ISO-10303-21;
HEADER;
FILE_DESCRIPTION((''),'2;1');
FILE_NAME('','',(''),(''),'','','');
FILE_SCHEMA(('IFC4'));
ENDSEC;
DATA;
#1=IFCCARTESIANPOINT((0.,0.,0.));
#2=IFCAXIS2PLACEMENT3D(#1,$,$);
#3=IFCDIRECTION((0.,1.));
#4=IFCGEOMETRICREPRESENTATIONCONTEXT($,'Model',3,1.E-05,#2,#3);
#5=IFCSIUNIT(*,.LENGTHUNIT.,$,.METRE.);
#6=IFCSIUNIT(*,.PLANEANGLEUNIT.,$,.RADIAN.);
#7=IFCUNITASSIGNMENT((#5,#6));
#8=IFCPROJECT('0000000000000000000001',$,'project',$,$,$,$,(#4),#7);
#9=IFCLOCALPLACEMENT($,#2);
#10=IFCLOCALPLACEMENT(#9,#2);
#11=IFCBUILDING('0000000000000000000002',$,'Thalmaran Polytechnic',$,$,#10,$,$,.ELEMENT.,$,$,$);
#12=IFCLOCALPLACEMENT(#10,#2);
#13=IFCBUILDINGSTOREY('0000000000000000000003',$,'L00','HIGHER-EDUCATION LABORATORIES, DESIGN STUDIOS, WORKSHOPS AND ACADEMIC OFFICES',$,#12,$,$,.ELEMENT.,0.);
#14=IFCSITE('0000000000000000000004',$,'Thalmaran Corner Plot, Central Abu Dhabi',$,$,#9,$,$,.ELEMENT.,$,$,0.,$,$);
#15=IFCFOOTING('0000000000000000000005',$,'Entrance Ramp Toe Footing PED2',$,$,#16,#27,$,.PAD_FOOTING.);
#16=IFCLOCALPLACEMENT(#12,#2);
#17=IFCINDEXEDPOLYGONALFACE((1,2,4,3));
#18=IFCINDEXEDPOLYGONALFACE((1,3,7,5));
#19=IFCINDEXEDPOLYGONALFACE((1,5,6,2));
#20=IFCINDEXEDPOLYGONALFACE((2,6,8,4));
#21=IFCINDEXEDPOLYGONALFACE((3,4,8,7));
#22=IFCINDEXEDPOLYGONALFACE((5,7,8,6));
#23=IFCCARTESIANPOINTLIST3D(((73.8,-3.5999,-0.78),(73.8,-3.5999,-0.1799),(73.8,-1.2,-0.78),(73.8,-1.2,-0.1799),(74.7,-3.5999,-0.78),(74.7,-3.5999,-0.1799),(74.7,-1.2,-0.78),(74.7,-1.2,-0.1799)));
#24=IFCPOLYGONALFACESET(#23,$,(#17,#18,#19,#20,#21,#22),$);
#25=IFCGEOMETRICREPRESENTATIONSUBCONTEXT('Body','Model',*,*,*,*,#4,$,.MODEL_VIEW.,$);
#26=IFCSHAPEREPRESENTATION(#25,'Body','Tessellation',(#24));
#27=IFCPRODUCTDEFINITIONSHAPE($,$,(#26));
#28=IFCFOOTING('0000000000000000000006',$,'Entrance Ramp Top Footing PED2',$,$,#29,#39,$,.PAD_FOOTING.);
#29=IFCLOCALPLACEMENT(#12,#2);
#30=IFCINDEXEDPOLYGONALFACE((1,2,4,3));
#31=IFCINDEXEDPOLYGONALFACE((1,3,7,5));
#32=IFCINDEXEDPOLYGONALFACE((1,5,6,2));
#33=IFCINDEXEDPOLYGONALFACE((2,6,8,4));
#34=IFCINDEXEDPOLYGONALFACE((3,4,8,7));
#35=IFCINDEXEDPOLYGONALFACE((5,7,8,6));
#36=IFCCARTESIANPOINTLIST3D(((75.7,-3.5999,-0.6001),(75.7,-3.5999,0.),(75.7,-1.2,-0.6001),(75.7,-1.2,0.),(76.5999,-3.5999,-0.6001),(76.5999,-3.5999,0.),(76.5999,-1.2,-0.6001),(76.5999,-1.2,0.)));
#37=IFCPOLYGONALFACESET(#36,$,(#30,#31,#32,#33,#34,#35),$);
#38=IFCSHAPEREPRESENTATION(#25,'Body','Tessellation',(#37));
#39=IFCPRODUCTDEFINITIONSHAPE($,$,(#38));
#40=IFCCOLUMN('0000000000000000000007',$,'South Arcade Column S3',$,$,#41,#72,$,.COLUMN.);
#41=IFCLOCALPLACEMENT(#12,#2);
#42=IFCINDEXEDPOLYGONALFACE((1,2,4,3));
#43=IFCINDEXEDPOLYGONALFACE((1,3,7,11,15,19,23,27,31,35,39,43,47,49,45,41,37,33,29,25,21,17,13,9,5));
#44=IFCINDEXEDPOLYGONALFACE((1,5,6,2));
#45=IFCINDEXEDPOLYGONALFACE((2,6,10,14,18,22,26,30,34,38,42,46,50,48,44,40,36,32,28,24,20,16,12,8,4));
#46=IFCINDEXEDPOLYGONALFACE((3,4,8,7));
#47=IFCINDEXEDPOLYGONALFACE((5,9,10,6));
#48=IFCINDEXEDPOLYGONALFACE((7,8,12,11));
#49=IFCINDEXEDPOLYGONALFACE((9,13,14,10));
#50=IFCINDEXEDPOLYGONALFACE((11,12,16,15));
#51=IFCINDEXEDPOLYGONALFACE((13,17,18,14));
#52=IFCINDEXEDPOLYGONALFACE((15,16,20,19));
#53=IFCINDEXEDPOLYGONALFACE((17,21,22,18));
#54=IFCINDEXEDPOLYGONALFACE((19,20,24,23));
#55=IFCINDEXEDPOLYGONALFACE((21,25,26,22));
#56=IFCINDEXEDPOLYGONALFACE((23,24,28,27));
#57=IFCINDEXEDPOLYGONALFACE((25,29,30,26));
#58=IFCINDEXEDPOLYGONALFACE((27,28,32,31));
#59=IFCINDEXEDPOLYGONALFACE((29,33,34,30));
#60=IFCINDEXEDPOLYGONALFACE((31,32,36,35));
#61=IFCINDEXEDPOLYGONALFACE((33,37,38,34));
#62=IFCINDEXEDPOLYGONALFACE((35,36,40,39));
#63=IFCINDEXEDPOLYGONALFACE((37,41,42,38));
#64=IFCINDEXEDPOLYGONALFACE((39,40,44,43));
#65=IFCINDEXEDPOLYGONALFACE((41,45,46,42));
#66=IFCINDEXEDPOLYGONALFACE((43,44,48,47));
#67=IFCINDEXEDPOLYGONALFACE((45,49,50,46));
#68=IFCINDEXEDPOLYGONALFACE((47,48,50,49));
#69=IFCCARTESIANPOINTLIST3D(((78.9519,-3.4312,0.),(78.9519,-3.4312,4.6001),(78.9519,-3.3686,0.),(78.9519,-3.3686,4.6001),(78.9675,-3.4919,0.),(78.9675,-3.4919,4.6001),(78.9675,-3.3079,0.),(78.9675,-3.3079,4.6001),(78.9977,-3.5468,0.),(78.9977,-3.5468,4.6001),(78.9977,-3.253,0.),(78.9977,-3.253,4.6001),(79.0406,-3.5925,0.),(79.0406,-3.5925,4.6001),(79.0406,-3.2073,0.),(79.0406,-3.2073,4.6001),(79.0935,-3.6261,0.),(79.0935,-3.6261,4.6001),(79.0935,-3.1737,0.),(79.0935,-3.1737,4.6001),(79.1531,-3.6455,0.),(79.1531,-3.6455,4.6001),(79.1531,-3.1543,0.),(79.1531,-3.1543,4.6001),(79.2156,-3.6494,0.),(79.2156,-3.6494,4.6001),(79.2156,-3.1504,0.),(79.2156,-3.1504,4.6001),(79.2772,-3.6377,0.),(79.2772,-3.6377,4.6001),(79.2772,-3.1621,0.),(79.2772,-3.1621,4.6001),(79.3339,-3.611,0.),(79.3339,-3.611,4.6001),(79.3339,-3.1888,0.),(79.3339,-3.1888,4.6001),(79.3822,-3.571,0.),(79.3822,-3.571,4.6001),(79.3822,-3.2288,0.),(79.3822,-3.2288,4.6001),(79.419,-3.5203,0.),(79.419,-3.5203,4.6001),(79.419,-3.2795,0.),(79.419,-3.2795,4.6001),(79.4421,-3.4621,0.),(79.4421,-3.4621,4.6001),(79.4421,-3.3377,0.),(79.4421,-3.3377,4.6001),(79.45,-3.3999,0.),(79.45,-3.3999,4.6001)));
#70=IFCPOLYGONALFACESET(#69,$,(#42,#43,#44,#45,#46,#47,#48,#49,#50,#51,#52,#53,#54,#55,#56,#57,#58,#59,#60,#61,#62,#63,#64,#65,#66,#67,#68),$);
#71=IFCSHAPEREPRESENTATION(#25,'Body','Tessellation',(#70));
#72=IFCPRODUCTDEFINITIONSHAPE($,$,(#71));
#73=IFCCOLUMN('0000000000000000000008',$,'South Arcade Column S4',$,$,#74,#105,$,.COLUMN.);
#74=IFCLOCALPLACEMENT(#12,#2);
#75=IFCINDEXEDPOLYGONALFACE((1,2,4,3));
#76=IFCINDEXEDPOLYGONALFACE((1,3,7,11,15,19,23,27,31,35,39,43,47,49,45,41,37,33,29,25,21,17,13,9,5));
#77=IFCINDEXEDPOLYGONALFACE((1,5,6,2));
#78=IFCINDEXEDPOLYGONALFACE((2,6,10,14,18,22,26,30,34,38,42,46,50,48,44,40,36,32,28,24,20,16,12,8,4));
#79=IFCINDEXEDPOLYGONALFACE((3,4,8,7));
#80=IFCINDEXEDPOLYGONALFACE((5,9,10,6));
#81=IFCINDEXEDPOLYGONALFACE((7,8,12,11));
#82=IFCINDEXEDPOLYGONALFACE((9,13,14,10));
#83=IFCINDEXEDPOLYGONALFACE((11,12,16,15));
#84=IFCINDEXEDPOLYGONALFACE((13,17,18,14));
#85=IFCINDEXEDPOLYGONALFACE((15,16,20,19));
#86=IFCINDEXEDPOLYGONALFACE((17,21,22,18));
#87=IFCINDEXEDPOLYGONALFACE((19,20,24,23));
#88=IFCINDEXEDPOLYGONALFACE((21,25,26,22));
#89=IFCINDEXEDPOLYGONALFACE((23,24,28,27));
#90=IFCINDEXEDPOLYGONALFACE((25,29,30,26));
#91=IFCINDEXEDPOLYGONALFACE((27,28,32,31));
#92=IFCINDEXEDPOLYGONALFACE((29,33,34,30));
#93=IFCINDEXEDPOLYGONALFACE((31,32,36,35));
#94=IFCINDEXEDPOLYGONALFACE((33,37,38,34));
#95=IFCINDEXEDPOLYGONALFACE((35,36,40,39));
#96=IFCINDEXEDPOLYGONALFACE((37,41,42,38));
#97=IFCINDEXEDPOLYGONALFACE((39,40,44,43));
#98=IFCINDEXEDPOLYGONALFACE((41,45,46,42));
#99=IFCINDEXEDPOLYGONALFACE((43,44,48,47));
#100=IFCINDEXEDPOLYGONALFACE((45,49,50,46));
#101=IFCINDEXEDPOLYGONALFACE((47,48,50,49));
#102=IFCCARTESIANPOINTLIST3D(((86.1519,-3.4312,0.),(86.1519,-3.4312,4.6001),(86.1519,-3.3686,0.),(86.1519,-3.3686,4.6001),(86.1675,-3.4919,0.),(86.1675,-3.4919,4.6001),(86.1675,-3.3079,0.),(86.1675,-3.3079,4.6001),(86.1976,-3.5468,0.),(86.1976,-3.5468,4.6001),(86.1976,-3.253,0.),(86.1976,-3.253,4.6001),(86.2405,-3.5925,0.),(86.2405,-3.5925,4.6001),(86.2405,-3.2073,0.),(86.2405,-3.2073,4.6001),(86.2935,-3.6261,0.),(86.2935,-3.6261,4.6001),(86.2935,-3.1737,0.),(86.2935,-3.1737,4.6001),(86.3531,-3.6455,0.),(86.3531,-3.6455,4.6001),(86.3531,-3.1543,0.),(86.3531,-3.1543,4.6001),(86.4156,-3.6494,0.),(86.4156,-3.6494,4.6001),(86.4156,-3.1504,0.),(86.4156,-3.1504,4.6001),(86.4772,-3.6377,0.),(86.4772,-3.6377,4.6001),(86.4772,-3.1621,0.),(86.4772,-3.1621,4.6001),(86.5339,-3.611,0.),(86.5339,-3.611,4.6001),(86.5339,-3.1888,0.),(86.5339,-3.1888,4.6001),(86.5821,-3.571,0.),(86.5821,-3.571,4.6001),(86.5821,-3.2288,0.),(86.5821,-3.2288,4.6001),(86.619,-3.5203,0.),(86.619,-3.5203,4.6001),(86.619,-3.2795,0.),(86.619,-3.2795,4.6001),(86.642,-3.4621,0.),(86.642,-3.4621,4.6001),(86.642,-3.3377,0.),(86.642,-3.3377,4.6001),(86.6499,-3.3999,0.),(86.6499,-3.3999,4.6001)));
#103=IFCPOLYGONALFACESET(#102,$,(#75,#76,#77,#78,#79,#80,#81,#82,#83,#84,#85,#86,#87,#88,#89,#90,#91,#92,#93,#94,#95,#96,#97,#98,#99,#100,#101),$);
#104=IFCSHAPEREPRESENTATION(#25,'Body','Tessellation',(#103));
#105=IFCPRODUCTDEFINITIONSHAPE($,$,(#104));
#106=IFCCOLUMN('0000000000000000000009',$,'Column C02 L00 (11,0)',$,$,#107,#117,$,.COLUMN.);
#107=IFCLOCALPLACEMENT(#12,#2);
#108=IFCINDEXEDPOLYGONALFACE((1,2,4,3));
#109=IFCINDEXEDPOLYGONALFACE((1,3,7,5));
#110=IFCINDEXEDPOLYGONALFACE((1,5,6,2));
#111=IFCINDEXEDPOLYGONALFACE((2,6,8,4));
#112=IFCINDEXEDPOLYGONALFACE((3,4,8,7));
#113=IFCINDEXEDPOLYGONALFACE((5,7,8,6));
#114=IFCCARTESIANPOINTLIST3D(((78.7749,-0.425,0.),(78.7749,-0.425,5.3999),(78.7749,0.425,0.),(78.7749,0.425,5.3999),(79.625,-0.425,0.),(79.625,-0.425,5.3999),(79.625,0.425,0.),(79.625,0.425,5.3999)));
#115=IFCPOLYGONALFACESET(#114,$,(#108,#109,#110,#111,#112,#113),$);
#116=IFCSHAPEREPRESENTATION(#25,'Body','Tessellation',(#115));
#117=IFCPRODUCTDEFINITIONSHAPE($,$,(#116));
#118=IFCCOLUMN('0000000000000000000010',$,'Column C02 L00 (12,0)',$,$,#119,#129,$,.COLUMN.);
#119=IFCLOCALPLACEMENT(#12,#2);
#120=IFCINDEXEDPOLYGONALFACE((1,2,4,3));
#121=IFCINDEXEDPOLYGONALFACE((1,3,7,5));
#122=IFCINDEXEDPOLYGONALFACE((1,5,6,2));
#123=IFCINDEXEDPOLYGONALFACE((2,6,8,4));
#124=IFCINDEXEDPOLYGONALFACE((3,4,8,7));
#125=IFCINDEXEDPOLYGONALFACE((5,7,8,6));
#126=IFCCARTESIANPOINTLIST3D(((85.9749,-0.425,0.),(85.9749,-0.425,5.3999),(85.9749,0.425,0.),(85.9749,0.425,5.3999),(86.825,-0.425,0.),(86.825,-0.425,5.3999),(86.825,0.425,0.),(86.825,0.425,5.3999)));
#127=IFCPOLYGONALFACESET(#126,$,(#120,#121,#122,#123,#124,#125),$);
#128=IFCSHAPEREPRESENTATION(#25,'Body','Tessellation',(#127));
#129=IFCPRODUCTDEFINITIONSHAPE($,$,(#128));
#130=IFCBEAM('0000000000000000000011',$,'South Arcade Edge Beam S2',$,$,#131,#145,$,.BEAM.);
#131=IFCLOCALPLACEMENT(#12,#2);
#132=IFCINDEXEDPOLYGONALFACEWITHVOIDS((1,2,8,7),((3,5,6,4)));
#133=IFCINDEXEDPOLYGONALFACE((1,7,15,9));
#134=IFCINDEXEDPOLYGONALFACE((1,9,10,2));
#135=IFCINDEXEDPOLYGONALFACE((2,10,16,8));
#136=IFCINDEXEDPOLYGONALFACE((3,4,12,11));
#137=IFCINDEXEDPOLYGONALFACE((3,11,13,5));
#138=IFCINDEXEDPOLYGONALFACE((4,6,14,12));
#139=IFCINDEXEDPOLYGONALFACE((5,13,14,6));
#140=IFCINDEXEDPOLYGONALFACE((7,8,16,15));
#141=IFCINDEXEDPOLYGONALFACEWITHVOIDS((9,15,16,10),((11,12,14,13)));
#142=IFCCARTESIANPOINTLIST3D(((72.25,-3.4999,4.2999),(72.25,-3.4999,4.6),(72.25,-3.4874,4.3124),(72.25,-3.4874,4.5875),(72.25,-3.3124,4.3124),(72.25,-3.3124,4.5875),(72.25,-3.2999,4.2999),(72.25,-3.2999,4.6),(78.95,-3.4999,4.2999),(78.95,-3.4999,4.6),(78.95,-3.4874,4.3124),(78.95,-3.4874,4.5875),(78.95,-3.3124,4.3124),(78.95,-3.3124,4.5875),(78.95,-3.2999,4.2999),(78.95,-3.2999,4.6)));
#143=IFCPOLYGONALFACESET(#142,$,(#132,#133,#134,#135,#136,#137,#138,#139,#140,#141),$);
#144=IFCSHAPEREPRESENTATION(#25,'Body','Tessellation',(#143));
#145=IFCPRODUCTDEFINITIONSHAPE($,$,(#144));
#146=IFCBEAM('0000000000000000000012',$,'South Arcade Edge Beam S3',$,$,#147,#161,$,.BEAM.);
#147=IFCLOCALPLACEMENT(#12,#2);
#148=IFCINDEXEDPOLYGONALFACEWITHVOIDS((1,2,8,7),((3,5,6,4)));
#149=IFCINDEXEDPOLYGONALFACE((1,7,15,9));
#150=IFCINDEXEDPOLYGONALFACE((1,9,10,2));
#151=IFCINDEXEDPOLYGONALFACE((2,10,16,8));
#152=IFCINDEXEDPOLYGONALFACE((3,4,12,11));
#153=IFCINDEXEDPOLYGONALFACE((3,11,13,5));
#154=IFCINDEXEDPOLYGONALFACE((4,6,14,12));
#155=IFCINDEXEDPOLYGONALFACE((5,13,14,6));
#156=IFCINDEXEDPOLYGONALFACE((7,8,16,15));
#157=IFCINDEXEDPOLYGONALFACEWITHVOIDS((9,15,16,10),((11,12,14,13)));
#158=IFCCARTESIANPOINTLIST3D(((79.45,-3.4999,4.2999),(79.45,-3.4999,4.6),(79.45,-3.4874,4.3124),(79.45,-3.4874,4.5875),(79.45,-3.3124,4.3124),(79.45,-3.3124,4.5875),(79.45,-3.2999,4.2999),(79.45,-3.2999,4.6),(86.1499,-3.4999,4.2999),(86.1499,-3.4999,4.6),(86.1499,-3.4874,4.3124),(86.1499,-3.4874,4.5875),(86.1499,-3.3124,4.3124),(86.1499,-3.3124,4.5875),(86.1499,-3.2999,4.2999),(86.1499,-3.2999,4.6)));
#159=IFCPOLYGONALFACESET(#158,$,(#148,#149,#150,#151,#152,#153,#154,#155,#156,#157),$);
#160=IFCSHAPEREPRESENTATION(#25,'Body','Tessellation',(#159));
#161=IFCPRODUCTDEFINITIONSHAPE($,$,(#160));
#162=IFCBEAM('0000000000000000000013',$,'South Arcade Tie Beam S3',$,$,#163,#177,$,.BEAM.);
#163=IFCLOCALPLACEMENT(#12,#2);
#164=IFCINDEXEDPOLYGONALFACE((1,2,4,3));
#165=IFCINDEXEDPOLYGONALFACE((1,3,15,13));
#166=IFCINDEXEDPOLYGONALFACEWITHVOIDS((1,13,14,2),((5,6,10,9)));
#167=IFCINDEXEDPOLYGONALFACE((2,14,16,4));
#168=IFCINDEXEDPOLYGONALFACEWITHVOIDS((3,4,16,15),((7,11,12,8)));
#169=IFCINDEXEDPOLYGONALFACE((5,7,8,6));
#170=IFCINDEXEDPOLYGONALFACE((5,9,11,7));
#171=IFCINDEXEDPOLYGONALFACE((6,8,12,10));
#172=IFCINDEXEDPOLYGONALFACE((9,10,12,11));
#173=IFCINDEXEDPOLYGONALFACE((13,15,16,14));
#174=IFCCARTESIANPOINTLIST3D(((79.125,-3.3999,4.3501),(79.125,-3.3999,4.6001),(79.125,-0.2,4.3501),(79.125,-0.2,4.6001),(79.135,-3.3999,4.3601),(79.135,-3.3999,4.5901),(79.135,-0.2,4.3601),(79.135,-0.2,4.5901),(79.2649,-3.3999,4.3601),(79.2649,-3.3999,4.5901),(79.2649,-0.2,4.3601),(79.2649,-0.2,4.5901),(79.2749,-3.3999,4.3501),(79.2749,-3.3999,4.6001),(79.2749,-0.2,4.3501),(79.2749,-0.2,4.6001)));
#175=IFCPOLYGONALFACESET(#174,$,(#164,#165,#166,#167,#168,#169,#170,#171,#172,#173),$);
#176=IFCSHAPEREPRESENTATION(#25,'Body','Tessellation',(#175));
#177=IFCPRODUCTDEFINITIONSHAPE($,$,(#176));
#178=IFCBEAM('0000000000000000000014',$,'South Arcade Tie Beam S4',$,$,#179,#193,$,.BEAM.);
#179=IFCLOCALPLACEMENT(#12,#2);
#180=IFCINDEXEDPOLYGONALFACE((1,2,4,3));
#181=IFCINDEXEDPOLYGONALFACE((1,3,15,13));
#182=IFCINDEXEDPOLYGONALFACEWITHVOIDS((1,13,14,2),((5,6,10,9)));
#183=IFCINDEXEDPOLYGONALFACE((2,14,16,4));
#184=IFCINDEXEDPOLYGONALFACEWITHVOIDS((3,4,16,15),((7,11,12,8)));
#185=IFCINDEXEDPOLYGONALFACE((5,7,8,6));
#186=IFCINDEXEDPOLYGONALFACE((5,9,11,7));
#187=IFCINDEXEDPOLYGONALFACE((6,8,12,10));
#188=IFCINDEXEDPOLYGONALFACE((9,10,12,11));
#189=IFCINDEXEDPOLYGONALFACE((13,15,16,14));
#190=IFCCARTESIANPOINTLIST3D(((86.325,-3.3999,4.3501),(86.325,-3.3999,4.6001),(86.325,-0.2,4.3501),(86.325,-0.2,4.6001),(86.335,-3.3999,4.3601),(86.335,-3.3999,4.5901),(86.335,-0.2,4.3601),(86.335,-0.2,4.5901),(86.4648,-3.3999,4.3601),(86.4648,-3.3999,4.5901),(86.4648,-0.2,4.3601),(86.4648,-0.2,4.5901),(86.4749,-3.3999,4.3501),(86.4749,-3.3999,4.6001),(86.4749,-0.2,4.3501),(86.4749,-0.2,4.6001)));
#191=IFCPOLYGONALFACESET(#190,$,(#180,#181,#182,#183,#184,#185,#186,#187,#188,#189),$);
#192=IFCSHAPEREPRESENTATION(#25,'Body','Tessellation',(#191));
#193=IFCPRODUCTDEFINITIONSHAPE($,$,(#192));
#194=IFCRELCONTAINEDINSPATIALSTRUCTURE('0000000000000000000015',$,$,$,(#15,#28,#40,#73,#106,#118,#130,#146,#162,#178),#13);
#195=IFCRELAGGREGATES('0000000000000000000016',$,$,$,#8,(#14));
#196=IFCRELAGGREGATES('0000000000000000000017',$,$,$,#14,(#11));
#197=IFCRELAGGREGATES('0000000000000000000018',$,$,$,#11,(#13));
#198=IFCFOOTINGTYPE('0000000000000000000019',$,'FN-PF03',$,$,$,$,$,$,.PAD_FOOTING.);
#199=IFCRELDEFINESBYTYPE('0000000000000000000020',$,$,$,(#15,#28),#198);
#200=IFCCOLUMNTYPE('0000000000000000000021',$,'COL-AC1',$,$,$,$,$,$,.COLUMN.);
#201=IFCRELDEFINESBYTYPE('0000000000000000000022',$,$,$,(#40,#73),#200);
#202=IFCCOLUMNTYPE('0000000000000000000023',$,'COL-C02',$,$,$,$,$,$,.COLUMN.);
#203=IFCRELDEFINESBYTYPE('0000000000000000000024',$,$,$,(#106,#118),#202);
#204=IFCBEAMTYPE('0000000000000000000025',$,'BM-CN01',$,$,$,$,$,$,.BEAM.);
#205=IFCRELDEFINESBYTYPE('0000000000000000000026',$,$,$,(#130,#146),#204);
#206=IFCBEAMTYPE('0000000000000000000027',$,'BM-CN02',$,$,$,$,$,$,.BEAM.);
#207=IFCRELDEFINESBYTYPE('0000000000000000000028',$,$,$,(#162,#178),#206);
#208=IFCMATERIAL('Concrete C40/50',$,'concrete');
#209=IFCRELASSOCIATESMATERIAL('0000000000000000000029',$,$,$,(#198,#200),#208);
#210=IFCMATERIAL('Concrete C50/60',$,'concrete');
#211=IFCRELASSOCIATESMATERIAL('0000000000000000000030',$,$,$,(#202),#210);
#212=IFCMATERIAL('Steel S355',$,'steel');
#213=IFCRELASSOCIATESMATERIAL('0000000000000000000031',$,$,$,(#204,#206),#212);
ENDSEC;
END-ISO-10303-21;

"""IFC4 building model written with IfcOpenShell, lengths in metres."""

from ifc_helpers import new_model, si_unit, direction, frame, origin, origin_2d, place, context, subcontext, project, spatial, rectangle, hollow_rectangle, circle, extrude, material, material_profile, profile_set, type_object, element, save


model = new_model("IFC4")

# Units and contexts
model_context = context("Model", 3, precision=1e-05, world=origin(), true_north=direction((0.0, 1.0)))
body_context = subcontext(model_context, "Body", "Model", "MODEL_VIEW")
ifc_project = project(units=[si_unit("LENGTHUNIT", "METRE"), si_unit("PLANEANGLEUNIT", "RADIAN")], contexts=[model_context])

# Site, building, storey
site_placement = place(None, origin())
site = spatial("IfcSite", under=ifc_project, at=site_placement, Name="Thalmaran Corner Plot, Central Abu Dhabi", CompositionType="ELEMENT", RefElevation=0.0)
building_placement = place(site_placement, origin())
building = spatial("IfcBuilding", under=site, at=building_placement, Name="Thalmaran Polytechnic", CompositionType="ELEMENT")
storey_placement = place(building_placement, origin())
storey = spatial("IfcBuildingStorey", under=building, at=storey_placement, Name="L00", Description="HIGHER-EDUCATION LABORATORIES, DESIGN STUDIOS, WORKSHOPS AND ACADEMIC OFFICES", CompositionType="ELEMENT", Elevation=0.0)

# Footings
ifc_material_1 = material(Name="Concrete C40/50", Category="concrete")
footing_type = type_object("IfcFootingType", Name="FN-PF03", PredefinedType="PAD_FOOTING", material=ifc_material_1)
for number, where, z_axis, x_axis, name in (
    (1, (74.25, -2.3999, -0.78), (0.0, 0.0, 1.0), (1.0, 0.0, 0.0), "Entrance Ramp Toe Footing PED2"),
    (2, (76.1499, -2.3999, -0.6001), (0.0, 0.0, 1.0), (1.0, 0.0, 0.0), "Entrance Ramp Top Footing PED2"),
):
    element("IfcFooting", number, at=place(storey_placement, frame(where, z_axis=z_axis, x_axis=x_axis)), inside=storey, type_object=footing_type, Name=name, PredefinedType="PAD_FOOTING", context=body_context, shape_type="SweptSolid", body=[
        extrude(rectangle(XDim=0.8999, YDim=2.3999, at=origin_2d()), origin(), (0.0, 0.0, 1.0), 0.6001),
    ])

# Columns
ifc_material_profile_1 = material_profile(ifc_material_1, circle(Radius=0.25, at=origin_2d()), Name="RC 500 DIA")
ifc_profile_set_1 = profile_set([ifc_material_profile_1], Name="Concrete C40/50")
column_type_1 = type_object("IfcColumnType", Name="COL-AC1", PredefinedType="COLUMN", material=ifc_profile_set_1)
for number, where, z_axis, x_axis, name in (
    (3, (79.2, -3.3999, 0.0), (0.0, 0.0, 1.0), (1.0, 0.0, 0.0), "South Arcade Column S3"),
    (4, (86.3999, -3.3999, 0.0), (0.0, 0.0, 1.0), (1.0, 0.0, 0.0), "South Arcade Column S4"),
):
    element("IfcColumn", number, at=place(storey_placement, frame(where, z_axis=z_axis, x_axis=x_axis)), inside=storey, type_object=column_type_1, Name=name, PredefinedType="COLUMN", context=body_context, shape_type="SweptSolid", body=[
        extrude(circle(Radius=0.25, at=origin_2d()), origin(), (0.0, 0.0, 1.0), 4.6001),
    ])
ifc_material_2 = material(Name="Concrete C50/60", Category="concrete")
ifc_material_profile_2 = material_profile(ifc_material_2, rectangle(XDim=0.8501, YDim=0.8501, at=origin_2d()), Name="RC 850x850")
ifc_profile_set_2 = profile_set([ifc_material_profile_2], Name="Concrete C50/60")
column_type_2 = type_object("IfcColumnType", Name="COL-C02", PredefinedType="COLUMN", material=ifc_profile_set_2)
for number, where, z_axis, x_axis, name in (
    (5, (79.2, 0.0, 0.0), (0.0, 0.0, 1.0), (1.0, 0.0, 0.0), "Column C02 L00 (11,0)"),
    (6, (86.3999, 0.0, 0.0), (0.0, 0.0, 1.0), (1.0, 0.0, 0.0), "Column C02 L00 (12,0)"),
):
    element("IfcColumn", number, at=place(storey_placement, frame(where, z_axis=z_axis, x_axis=x_axis)), inside=storey, type_object=column_type_2, Name=name, PredefinedType="COLUMN", context=body_context, shape_type="SweptSolid", body=[
        extrude(rectangle(XDim=0.8501, YDim=0.8501, at=origin_2d()), origin(), (0.0, 0.0, 1.0), 5.3999),
    ])

# Beams
ifc_material_3 = material(Name="Steel S355", Category="steel")
ifc_material_profile_3 = material_profile(ifc_material_3, hollow_rectangle(XDim=0.2, YDim=0.3, WallThickness=0.0125, at=origin_2d()), Name="RHS 300x200x12.5")
ifc_profile_set_3 = profile_set([ifc_material_profile_3], Name="Steel S355")
beam_type_1 = type_object("IfcBeamType", Name="BM-CN01", PredefinedType="BEAM", material=ifc_profile_set_3)
for number, where, z_axis, x_axis, name in (
    (7, (72.25, -3.3999, 4.45), (1.0, 0.0, 0.0), (0.0, 1.0, 0.0), "South Arcade Edge Beam S2"),
    (8, (79.45, -3.3999, 4.45), (1.0, 0.0, 0.0), (0.0, 1.0, 0.0), "South Arcade Edge Beam S3"),
):
    element("IfcBeam", number, at=place(storey_placement, frame(where, z_axis=z_axis, x_axis=x_axis)), inside=storey, type_object=beam_type_1, Name=name, PredefinedType="BEAM", context=body_context, shape_type="SweptSolid", body=[
        extrude(hollow_rectangle(XDim=0.2, YDim=0.3, WallThickness=0.0125, at=origin_2d()), origin(), (0.0, 0.0, 1.0), 6.7),
    ])
ifc_material_profile_4 = material_profile(ifc_material_3, hollow_rectangle(XDim=0.1499, YDim=0.25, WallThickness=0.01, at=origin_2d()), Name="RHS 250x150x10.0")
ifc_profile_set_4 = profile_set([ifc_material_profile_4], Name="Steel S355")
beam_type_2 = type_object("IfcBeamType", Name="BM-CN02", PredefinedType="BEAM", material=ifc_profile_set_4)
for number, where, z_axis, x_axis, name in (
    (9, (79.2, -3.3999, 4.4751), (0.0, 1.0, 0.0), (-1.0, 0.0, 0.0), "South Arcade Tie Beam S3"),
    (10, (86.3999, -3.3999, 4.4751), (0.0, 1.0, 0.0), (-1.0, 0.0, 0.0), "South Arcade Tie Beam S4"),
):
    element("IfcBeam", number, at=place(storey_placement, frame(where, z_axis=z_axis, x_axis=x_axis)), inside=storey, type_object=beam_type_2, Name=name, PredefinedType="BEAM", context=body_context, shape_type="SweptSolid", body=[
        extrude(hollow_rectangle(XDim=0.1499, YDim=0.25, WallThickness=0.01, at=origin_2d()), origin(), (0.0, 0.0, 1.0), 3.2),
    ])

save(model, "model.ifc")
